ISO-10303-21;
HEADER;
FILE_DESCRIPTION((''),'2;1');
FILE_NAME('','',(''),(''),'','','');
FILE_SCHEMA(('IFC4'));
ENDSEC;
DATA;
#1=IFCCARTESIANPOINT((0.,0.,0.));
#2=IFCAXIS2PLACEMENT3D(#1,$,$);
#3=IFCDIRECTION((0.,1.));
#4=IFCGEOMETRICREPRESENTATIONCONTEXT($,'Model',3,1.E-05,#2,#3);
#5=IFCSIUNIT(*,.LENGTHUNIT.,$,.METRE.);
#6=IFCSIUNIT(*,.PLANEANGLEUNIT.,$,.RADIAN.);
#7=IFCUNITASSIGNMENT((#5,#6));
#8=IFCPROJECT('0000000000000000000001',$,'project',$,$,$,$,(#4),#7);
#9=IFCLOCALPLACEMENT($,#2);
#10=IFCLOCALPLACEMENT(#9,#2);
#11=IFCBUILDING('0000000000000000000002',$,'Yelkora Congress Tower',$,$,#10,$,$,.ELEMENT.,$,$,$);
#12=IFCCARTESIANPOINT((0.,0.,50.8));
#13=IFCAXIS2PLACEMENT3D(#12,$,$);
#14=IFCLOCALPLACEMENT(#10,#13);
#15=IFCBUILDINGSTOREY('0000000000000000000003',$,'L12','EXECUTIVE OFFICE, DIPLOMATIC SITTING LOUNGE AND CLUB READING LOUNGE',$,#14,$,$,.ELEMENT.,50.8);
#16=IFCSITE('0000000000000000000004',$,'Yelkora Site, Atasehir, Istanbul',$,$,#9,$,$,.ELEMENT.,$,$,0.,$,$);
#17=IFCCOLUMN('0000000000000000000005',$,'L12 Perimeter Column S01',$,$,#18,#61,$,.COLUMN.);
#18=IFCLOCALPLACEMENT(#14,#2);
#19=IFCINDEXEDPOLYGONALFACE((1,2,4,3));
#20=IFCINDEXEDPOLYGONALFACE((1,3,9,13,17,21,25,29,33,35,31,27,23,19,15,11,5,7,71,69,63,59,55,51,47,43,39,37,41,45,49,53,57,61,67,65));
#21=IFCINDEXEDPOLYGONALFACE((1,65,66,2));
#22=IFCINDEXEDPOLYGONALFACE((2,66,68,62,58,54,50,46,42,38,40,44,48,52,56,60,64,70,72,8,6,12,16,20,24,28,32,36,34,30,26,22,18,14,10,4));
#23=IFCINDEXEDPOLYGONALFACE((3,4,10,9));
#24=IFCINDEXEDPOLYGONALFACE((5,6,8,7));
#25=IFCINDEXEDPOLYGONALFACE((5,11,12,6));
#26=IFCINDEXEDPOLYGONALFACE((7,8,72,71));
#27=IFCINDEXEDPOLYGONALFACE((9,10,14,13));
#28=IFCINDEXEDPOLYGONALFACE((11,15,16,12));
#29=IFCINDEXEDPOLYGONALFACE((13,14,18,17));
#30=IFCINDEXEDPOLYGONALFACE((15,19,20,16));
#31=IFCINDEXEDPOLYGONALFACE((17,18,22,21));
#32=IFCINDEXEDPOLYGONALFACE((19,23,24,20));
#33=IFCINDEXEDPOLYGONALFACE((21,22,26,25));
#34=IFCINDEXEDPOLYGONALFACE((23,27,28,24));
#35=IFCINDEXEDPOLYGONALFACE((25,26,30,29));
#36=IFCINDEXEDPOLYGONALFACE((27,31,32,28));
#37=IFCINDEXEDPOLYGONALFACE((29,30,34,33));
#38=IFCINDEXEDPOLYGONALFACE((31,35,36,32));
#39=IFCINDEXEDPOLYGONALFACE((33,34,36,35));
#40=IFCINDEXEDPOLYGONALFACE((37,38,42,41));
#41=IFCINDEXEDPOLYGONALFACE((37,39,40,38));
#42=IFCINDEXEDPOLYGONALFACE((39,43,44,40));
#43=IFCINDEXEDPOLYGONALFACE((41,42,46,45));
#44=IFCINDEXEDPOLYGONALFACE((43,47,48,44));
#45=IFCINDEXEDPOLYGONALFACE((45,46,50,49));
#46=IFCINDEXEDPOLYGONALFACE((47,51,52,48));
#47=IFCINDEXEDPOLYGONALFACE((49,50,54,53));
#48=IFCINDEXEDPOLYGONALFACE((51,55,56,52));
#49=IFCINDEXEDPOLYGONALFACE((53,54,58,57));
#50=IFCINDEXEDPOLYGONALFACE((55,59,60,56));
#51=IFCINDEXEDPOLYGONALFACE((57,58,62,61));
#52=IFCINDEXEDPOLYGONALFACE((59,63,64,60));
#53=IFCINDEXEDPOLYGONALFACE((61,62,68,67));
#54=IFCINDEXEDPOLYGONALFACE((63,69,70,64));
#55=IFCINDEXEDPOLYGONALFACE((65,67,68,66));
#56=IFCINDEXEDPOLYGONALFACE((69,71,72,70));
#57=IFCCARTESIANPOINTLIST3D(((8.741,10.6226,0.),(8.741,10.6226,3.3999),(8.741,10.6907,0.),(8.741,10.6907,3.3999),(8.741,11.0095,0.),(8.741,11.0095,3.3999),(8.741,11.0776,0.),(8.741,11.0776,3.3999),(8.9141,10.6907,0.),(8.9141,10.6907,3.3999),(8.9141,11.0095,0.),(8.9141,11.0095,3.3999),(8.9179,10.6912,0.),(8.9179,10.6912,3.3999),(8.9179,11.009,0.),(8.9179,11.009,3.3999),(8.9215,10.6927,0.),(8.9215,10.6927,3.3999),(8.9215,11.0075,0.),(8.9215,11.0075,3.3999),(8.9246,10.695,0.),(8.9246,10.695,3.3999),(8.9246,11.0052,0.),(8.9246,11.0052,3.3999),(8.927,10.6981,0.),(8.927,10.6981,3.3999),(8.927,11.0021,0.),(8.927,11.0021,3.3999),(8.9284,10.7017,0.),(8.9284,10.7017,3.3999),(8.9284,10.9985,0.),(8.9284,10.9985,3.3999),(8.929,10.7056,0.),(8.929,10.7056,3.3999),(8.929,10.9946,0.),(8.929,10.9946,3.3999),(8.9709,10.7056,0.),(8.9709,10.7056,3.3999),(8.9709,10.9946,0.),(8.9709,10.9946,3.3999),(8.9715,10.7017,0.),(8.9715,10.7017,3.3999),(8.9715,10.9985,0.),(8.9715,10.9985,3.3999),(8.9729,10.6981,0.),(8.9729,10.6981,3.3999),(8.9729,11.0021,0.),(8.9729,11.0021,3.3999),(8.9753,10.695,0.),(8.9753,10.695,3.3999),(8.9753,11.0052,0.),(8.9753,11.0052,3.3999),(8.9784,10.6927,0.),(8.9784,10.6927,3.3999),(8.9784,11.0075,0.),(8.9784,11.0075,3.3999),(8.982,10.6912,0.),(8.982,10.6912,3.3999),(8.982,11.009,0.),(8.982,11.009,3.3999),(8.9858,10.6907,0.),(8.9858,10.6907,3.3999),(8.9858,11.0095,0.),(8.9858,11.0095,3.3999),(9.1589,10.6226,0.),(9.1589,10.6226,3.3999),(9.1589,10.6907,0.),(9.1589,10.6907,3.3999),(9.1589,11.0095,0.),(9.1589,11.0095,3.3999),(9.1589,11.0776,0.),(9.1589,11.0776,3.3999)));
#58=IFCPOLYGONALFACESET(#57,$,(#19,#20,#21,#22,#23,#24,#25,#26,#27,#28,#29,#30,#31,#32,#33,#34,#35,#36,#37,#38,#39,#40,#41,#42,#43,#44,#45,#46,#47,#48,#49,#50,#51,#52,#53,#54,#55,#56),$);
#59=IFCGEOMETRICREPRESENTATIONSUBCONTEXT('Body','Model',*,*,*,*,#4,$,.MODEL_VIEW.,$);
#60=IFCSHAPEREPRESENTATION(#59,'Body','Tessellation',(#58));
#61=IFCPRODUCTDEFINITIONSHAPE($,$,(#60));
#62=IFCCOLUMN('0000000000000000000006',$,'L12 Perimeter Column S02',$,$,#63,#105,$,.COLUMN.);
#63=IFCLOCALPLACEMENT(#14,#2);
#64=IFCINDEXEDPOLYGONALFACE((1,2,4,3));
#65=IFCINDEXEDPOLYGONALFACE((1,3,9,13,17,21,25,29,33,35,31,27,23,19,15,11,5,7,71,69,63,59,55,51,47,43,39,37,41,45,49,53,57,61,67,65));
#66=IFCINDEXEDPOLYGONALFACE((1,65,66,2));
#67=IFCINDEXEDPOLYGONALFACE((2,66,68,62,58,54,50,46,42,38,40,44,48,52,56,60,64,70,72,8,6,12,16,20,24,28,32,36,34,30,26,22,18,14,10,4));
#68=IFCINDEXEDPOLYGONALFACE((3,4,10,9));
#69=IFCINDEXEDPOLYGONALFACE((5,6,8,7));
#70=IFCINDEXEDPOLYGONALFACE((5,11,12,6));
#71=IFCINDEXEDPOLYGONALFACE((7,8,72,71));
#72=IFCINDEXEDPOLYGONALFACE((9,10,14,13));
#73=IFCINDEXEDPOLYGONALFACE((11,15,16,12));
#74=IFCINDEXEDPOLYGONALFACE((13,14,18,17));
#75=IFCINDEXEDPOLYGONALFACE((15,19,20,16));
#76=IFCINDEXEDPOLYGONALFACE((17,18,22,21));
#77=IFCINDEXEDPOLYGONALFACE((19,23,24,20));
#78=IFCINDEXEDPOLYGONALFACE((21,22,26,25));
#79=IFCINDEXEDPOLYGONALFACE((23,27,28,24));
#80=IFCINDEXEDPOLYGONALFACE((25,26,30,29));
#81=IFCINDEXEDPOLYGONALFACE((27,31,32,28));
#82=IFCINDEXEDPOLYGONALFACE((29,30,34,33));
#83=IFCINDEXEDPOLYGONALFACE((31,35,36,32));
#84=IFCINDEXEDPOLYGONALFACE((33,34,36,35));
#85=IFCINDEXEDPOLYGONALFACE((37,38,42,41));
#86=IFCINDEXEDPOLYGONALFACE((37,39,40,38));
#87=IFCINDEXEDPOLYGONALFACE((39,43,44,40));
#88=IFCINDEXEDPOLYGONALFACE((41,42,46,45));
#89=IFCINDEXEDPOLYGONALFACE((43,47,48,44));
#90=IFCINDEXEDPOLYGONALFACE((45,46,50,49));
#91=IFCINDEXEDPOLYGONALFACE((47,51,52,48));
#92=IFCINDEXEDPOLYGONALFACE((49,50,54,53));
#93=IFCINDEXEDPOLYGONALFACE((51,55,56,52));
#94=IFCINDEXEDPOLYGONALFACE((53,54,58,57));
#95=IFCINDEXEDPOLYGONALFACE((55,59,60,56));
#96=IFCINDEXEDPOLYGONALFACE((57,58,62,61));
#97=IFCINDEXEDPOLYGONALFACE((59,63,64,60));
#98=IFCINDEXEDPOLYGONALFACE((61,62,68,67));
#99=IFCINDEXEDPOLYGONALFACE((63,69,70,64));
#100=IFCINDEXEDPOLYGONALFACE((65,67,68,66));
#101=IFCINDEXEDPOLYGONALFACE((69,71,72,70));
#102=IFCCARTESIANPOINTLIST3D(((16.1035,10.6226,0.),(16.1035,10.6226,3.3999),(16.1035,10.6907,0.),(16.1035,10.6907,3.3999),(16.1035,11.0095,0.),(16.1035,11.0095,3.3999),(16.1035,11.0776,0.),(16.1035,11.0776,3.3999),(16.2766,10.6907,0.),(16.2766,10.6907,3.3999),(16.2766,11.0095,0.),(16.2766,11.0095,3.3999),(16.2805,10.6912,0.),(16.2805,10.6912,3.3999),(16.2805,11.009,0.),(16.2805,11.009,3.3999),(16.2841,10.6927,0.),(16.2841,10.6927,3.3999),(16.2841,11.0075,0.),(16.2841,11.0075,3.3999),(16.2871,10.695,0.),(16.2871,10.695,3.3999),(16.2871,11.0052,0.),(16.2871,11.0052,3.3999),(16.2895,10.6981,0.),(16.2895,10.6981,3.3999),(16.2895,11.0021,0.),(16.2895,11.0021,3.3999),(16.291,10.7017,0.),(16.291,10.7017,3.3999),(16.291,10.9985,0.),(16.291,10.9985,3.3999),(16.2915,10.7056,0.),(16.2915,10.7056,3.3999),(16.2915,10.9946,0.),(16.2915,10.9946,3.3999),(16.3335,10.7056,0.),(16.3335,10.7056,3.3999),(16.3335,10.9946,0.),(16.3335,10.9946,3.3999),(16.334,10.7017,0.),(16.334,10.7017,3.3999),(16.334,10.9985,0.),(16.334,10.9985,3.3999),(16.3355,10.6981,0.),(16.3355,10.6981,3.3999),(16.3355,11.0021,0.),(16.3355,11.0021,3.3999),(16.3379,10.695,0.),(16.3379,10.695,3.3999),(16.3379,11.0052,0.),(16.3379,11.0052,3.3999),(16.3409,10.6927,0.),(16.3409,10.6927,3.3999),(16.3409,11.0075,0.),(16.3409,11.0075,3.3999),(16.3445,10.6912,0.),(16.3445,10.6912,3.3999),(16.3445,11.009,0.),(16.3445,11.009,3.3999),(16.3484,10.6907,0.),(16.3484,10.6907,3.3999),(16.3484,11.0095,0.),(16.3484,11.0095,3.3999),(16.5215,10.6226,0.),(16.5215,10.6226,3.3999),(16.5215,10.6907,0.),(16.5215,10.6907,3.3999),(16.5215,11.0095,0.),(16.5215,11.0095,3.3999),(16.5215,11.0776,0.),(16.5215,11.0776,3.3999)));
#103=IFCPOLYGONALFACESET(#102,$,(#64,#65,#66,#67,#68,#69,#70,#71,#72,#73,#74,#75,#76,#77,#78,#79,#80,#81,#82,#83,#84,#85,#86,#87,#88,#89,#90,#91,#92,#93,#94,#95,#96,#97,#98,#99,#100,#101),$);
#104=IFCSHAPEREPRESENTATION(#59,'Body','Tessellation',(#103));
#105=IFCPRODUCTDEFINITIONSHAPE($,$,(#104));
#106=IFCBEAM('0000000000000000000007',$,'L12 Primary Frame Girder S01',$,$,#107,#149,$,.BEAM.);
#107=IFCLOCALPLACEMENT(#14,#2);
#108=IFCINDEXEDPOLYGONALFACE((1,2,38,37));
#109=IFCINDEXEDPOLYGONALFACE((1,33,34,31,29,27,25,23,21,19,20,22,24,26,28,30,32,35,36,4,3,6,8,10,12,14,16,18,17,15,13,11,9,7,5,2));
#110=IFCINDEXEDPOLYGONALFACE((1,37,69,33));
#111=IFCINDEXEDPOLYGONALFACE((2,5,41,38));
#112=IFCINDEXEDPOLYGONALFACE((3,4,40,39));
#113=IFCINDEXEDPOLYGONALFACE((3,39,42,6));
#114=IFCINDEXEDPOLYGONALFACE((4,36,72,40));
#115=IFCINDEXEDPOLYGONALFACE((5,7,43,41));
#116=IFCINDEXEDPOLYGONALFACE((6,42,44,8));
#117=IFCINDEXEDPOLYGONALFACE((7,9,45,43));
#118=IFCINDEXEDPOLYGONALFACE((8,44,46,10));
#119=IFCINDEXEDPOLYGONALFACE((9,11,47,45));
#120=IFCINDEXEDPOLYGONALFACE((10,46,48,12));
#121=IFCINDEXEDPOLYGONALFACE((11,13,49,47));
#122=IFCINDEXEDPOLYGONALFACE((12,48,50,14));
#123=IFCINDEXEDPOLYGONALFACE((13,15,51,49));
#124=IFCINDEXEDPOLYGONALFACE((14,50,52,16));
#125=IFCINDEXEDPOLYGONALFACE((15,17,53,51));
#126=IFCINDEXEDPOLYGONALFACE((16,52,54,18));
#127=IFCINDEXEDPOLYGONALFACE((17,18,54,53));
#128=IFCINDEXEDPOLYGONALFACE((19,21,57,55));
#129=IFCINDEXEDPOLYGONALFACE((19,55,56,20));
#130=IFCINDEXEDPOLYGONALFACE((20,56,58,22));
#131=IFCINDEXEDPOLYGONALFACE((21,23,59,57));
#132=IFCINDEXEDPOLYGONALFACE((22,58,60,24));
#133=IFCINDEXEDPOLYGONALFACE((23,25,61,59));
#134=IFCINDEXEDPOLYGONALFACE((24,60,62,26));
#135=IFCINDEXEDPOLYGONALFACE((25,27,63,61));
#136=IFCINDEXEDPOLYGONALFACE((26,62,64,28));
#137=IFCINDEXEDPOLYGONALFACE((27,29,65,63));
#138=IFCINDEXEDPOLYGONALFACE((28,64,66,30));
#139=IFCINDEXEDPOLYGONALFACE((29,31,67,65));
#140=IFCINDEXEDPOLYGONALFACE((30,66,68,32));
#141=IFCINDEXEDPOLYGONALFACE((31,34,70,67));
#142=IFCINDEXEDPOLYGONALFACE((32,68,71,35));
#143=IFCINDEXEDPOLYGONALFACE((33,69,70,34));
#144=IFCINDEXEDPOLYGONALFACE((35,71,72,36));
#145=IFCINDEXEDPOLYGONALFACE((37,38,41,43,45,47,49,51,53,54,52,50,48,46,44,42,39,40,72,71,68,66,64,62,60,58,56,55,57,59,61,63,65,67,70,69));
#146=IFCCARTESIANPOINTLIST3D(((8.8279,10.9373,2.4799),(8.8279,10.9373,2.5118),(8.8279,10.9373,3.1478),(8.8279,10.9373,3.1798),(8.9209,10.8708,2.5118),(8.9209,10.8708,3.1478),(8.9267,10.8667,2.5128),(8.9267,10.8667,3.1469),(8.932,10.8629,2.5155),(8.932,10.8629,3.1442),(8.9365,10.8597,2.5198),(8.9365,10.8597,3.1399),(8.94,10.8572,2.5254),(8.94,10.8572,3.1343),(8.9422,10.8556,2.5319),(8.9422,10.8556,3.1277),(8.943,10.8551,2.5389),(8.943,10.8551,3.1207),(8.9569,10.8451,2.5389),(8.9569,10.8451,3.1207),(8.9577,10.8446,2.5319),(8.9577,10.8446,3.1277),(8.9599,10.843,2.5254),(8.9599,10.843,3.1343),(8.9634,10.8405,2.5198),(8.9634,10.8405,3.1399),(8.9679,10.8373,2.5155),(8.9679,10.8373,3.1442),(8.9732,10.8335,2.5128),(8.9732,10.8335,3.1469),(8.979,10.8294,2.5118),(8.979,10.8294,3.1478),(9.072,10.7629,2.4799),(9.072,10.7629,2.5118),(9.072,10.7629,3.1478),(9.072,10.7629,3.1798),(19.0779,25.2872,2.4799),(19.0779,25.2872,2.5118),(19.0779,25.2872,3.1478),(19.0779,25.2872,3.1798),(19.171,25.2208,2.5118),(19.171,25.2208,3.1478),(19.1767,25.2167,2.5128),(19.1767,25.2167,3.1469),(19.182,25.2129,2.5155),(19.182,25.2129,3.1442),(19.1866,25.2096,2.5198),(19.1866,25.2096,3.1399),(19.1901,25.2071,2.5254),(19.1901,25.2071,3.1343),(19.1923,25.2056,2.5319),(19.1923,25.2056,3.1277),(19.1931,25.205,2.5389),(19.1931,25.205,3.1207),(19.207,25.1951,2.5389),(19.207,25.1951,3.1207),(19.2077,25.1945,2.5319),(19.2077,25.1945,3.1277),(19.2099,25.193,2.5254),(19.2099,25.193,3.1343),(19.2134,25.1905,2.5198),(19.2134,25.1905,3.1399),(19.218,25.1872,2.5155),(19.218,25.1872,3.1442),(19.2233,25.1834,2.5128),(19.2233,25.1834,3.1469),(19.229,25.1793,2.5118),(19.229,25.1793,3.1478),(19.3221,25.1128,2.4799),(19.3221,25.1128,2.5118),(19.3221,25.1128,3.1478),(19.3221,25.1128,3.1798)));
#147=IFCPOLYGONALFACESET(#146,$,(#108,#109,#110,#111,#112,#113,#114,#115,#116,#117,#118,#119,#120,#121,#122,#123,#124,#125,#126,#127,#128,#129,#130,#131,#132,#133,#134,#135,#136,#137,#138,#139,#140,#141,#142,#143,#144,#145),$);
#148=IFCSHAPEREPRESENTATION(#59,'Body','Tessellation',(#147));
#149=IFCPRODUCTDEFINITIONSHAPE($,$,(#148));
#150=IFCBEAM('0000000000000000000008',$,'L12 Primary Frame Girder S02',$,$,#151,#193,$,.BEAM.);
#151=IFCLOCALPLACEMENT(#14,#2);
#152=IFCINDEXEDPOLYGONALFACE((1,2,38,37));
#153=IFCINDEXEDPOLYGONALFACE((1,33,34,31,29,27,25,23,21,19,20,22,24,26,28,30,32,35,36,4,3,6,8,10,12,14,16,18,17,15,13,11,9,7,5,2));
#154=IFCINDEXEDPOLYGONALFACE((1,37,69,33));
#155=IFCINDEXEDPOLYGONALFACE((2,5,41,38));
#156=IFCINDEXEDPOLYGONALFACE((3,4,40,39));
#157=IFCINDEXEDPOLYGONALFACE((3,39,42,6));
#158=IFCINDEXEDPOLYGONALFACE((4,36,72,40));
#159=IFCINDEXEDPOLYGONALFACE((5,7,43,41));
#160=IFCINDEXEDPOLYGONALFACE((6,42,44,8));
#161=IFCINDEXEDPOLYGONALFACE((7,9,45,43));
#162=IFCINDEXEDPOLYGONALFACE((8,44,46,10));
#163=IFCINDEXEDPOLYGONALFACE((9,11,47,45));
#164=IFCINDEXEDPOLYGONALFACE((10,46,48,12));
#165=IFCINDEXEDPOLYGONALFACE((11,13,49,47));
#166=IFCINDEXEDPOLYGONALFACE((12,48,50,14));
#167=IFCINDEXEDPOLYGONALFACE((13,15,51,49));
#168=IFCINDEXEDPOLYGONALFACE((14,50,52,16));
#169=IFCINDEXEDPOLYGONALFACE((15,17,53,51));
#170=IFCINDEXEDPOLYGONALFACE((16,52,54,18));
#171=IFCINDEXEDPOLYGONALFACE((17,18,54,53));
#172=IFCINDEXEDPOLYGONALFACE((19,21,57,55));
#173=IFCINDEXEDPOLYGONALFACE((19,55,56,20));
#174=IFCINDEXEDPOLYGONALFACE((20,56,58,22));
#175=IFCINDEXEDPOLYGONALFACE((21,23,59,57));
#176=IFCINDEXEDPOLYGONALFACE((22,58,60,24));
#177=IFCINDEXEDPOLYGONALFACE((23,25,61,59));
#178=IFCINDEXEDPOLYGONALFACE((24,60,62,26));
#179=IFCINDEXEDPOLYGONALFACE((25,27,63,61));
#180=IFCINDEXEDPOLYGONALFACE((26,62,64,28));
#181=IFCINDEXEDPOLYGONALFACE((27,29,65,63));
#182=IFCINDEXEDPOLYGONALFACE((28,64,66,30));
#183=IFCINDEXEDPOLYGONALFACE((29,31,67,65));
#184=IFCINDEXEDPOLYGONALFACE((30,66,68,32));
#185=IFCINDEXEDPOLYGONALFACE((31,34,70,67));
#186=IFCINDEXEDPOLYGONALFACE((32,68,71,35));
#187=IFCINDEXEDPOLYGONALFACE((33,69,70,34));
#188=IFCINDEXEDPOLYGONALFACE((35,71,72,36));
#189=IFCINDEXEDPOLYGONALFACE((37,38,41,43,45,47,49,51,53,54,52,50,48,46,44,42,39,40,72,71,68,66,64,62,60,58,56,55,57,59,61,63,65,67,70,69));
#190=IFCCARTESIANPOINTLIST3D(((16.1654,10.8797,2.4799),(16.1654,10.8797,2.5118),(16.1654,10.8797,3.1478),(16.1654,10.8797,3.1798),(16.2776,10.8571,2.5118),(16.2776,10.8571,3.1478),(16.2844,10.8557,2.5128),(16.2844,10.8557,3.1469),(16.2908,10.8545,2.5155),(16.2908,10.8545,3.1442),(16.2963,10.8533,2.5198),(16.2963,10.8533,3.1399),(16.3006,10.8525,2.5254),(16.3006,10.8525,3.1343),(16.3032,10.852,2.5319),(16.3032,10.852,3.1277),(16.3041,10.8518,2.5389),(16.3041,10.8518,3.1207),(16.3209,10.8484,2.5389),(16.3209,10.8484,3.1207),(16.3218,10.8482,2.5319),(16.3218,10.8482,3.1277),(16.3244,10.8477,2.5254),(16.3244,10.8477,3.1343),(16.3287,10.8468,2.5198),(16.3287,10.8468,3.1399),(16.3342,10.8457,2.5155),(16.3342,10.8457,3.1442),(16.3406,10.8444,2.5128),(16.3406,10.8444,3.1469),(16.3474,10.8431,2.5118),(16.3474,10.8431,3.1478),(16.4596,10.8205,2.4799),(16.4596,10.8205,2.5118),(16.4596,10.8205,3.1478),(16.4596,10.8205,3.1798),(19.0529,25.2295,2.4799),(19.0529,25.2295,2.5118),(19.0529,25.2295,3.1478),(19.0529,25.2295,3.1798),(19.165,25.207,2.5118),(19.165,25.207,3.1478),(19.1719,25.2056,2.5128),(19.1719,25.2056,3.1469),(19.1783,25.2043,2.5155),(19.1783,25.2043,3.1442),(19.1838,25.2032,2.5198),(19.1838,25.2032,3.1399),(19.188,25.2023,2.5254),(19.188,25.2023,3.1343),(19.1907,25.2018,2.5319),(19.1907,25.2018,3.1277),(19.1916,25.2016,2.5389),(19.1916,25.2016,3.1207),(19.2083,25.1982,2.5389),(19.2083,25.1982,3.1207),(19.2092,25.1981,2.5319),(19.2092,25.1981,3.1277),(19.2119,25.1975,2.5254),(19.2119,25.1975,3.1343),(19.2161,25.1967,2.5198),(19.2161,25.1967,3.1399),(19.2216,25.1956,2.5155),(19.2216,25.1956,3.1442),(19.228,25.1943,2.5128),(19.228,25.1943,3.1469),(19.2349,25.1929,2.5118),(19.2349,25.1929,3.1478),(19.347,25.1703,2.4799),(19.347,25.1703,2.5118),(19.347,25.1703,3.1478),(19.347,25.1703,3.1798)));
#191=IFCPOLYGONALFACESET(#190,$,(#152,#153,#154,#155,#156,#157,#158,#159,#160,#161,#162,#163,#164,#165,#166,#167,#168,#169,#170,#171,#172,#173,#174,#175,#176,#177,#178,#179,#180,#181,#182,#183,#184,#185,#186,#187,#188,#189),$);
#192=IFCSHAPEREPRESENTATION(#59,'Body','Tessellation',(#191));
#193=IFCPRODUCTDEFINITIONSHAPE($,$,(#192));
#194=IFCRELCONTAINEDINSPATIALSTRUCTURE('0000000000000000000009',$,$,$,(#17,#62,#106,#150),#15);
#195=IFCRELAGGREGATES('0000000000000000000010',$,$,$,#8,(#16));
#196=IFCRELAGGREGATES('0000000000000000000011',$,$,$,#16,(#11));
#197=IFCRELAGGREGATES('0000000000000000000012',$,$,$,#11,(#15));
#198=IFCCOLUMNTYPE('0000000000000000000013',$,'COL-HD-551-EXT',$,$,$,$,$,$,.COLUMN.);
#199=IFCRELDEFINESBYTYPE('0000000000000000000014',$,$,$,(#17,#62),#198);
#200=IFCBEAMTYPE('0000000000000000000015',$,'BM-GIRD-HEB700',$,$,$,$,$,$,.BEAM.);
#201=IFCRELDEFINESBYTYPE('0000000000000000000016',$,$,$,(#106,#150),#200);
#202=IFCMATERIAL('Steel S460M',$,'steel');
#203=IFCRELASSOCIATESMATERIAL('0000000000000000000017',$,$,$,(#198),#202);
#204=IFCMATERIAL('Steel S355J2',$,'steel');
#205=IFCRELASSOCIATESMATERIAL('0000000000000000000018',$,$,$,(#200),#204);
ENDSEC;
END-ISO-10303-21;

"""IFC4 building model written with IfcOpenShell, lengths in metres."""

from ifc_helpers import new_model, si_unit, direction, frame, origin, origin_2d, place, context, subcontext, project, spatial, i_section, extrude, material, material_profile, profile_set, type_object, element, save


model = new_model("IFC4")

# Units and contexts
model_context = context("Model", 3, precision=1e-05, world=origin(), true_north=direction((0.0, 1.0)))
body_context = subcontext(model_context, "Body", "Model", "MODEL_VIEW")
ifc_project = project(units=[si_unit("LENGTHUNIT", "METRE"), si_unit("PLANEANGLEUNIT", "RADIAN")], contexts=[model_context])

# Site, building, storey
site_placement = place(None, origin())
site = spatial("IfcSite", under=ifc_project, at=site_placement, Name="Yelkora Site, Atasehir, Istanbul", CompositionType="ELEMENT", RefElevation=0.0)
building_placement = place(site_placement, origin())
building = spatial("IfcBuilding", under=site, at=building_placement, Name="Yelkora Congress Tower", CompositionType="ELEMENT")
storey_placement = place(building_placement, frame((0.0, 0.0, 50.8)))
storey = spatial("IfcBuildingStorey", under=building, at=storey_placement, Name="L12", Description="EXECUTIVE OFFICE, DIPLOMATIC SITTING LOUNGE AND CLUB READING LOUNGE", CompositionType="ELEMENT", Elevation=50.8)

# Columns
ifc_material_1 = material(Name="Steel S460M", Category="steel")
ifc_material_profile_1 = material_profile(ifc_material_1, i_section(OverallWidth=0.418, OverallDepth=0.4551, WebThickness=0.042, FlangeThickness=0.0681, FilletRadius=0.0149, at=origin_2d()), Name="HD 400x551")
ifc_profile_set_1 = profile_set([ifc_material_profile_1], Name="Steel S460M")
column_type = type_object("IfcColumnType", Name="COL-HD-551-EXT", PredefinedType="COLUMN", material=ifc_profile_set_1)
for number, where, z_axis, x_axis, name in (
    (1, (8.95, 10.8501, 0.0), (0.0, 0.0, 1.0), (1.0, 0.0, 0.0), "L12 Perimeter Column S01"),
    (2, (16.3125, 10.8501, 0.0), (0.0, 0.0, 1.0), (1.0, 0.0, 0.0), "L12 Perimeter Column S02"),
):
    element("IfcColumn", number, at=place(storey_placement, frame(where, z_axis=z_axis, x_axis=x_axis)), inside=storey, type_object=column_type, Name=name, PredefinedType="COLUMN", context=body_context, shape_type="SweptSolid", body=[
        extrude(i_section(OverallWidth=0.418, OverallDepth=0.4551, WebThickness=0.042, FlangeThickness=0.0681, FilletRadius=0.0149, at=origin_2d()), origin(), (0.0, 0.0, 1.0), 3.3999),
    ])

# Beams
ifc_material_2 = material(Name="Steel S355J2", Category="steel")
ifc_material_profile_2 = material_profile(ifc_material_2, i_section(OverallWidth=0.3, OverallDepth=0.7, WebThickness=0.0171, FlangeThickness=0.032, FilletRadius=0.0271, at=origin_2d()), Name="HEB 700")
ifc_profile_set_2 = profile_set([ifc_material_profile_2], Name="Steel S355J2")
beam_type_1 = type_object("IfcBeamType", Name="BM-GIRD-HEB700", PredefinedType="BEAM", material=ifc_profile_set_2)
beam_1_placement = place(storey_placement, frame((8.95, 10.8501, 2.8298), z_axis=(0.581242, 0.813731, 0.0), x_axis=(-0.813731, 0.581242, 0.0)))
element("IfcBeam", 3, at=beam_1_placement, inside=storey, type_object=beam_type_1, Name="L12 Primary Frame Girder S01", PredefinedType="BEAM", context=body_context, shape_type="SweptSolid", body=[
    extrude(i_section(OverallWidth=0.3, OverallDepth=0.7, WebThickness=0.0171, FlangeThickness=0.032, FilletRadius=0.0271, at=origin_2d()), origin(), (0.0, 0.0, 1.0), 17.6348),
])
beam_2_placement = place(storey_placement, frame((16.3125, 10.8501, 2.8298), z_axis=(0.197264, 0.98035, 0.0), x_axis=(-0.98035, 0.197264, 0.0)))
element("IfcBeam", 4, at=beam_2_placement, inside=storey, type_object=beam_type_1, Name="L12 Primary Frame Girder S02", PredefinedType="BEAM", context=body_context, shape_type="SweptSolid", body=[
    extrude(i_section(OverallWidth=0.3, OverallDepth=0.7, WebThickness=0.0171, FlangeThickness=0.032, FilletRadius=0.0271, at=origin_2d()), origin(), (0.0, 0.0, 1.0), 14.6375),
])

save(model, "model.ifc")
